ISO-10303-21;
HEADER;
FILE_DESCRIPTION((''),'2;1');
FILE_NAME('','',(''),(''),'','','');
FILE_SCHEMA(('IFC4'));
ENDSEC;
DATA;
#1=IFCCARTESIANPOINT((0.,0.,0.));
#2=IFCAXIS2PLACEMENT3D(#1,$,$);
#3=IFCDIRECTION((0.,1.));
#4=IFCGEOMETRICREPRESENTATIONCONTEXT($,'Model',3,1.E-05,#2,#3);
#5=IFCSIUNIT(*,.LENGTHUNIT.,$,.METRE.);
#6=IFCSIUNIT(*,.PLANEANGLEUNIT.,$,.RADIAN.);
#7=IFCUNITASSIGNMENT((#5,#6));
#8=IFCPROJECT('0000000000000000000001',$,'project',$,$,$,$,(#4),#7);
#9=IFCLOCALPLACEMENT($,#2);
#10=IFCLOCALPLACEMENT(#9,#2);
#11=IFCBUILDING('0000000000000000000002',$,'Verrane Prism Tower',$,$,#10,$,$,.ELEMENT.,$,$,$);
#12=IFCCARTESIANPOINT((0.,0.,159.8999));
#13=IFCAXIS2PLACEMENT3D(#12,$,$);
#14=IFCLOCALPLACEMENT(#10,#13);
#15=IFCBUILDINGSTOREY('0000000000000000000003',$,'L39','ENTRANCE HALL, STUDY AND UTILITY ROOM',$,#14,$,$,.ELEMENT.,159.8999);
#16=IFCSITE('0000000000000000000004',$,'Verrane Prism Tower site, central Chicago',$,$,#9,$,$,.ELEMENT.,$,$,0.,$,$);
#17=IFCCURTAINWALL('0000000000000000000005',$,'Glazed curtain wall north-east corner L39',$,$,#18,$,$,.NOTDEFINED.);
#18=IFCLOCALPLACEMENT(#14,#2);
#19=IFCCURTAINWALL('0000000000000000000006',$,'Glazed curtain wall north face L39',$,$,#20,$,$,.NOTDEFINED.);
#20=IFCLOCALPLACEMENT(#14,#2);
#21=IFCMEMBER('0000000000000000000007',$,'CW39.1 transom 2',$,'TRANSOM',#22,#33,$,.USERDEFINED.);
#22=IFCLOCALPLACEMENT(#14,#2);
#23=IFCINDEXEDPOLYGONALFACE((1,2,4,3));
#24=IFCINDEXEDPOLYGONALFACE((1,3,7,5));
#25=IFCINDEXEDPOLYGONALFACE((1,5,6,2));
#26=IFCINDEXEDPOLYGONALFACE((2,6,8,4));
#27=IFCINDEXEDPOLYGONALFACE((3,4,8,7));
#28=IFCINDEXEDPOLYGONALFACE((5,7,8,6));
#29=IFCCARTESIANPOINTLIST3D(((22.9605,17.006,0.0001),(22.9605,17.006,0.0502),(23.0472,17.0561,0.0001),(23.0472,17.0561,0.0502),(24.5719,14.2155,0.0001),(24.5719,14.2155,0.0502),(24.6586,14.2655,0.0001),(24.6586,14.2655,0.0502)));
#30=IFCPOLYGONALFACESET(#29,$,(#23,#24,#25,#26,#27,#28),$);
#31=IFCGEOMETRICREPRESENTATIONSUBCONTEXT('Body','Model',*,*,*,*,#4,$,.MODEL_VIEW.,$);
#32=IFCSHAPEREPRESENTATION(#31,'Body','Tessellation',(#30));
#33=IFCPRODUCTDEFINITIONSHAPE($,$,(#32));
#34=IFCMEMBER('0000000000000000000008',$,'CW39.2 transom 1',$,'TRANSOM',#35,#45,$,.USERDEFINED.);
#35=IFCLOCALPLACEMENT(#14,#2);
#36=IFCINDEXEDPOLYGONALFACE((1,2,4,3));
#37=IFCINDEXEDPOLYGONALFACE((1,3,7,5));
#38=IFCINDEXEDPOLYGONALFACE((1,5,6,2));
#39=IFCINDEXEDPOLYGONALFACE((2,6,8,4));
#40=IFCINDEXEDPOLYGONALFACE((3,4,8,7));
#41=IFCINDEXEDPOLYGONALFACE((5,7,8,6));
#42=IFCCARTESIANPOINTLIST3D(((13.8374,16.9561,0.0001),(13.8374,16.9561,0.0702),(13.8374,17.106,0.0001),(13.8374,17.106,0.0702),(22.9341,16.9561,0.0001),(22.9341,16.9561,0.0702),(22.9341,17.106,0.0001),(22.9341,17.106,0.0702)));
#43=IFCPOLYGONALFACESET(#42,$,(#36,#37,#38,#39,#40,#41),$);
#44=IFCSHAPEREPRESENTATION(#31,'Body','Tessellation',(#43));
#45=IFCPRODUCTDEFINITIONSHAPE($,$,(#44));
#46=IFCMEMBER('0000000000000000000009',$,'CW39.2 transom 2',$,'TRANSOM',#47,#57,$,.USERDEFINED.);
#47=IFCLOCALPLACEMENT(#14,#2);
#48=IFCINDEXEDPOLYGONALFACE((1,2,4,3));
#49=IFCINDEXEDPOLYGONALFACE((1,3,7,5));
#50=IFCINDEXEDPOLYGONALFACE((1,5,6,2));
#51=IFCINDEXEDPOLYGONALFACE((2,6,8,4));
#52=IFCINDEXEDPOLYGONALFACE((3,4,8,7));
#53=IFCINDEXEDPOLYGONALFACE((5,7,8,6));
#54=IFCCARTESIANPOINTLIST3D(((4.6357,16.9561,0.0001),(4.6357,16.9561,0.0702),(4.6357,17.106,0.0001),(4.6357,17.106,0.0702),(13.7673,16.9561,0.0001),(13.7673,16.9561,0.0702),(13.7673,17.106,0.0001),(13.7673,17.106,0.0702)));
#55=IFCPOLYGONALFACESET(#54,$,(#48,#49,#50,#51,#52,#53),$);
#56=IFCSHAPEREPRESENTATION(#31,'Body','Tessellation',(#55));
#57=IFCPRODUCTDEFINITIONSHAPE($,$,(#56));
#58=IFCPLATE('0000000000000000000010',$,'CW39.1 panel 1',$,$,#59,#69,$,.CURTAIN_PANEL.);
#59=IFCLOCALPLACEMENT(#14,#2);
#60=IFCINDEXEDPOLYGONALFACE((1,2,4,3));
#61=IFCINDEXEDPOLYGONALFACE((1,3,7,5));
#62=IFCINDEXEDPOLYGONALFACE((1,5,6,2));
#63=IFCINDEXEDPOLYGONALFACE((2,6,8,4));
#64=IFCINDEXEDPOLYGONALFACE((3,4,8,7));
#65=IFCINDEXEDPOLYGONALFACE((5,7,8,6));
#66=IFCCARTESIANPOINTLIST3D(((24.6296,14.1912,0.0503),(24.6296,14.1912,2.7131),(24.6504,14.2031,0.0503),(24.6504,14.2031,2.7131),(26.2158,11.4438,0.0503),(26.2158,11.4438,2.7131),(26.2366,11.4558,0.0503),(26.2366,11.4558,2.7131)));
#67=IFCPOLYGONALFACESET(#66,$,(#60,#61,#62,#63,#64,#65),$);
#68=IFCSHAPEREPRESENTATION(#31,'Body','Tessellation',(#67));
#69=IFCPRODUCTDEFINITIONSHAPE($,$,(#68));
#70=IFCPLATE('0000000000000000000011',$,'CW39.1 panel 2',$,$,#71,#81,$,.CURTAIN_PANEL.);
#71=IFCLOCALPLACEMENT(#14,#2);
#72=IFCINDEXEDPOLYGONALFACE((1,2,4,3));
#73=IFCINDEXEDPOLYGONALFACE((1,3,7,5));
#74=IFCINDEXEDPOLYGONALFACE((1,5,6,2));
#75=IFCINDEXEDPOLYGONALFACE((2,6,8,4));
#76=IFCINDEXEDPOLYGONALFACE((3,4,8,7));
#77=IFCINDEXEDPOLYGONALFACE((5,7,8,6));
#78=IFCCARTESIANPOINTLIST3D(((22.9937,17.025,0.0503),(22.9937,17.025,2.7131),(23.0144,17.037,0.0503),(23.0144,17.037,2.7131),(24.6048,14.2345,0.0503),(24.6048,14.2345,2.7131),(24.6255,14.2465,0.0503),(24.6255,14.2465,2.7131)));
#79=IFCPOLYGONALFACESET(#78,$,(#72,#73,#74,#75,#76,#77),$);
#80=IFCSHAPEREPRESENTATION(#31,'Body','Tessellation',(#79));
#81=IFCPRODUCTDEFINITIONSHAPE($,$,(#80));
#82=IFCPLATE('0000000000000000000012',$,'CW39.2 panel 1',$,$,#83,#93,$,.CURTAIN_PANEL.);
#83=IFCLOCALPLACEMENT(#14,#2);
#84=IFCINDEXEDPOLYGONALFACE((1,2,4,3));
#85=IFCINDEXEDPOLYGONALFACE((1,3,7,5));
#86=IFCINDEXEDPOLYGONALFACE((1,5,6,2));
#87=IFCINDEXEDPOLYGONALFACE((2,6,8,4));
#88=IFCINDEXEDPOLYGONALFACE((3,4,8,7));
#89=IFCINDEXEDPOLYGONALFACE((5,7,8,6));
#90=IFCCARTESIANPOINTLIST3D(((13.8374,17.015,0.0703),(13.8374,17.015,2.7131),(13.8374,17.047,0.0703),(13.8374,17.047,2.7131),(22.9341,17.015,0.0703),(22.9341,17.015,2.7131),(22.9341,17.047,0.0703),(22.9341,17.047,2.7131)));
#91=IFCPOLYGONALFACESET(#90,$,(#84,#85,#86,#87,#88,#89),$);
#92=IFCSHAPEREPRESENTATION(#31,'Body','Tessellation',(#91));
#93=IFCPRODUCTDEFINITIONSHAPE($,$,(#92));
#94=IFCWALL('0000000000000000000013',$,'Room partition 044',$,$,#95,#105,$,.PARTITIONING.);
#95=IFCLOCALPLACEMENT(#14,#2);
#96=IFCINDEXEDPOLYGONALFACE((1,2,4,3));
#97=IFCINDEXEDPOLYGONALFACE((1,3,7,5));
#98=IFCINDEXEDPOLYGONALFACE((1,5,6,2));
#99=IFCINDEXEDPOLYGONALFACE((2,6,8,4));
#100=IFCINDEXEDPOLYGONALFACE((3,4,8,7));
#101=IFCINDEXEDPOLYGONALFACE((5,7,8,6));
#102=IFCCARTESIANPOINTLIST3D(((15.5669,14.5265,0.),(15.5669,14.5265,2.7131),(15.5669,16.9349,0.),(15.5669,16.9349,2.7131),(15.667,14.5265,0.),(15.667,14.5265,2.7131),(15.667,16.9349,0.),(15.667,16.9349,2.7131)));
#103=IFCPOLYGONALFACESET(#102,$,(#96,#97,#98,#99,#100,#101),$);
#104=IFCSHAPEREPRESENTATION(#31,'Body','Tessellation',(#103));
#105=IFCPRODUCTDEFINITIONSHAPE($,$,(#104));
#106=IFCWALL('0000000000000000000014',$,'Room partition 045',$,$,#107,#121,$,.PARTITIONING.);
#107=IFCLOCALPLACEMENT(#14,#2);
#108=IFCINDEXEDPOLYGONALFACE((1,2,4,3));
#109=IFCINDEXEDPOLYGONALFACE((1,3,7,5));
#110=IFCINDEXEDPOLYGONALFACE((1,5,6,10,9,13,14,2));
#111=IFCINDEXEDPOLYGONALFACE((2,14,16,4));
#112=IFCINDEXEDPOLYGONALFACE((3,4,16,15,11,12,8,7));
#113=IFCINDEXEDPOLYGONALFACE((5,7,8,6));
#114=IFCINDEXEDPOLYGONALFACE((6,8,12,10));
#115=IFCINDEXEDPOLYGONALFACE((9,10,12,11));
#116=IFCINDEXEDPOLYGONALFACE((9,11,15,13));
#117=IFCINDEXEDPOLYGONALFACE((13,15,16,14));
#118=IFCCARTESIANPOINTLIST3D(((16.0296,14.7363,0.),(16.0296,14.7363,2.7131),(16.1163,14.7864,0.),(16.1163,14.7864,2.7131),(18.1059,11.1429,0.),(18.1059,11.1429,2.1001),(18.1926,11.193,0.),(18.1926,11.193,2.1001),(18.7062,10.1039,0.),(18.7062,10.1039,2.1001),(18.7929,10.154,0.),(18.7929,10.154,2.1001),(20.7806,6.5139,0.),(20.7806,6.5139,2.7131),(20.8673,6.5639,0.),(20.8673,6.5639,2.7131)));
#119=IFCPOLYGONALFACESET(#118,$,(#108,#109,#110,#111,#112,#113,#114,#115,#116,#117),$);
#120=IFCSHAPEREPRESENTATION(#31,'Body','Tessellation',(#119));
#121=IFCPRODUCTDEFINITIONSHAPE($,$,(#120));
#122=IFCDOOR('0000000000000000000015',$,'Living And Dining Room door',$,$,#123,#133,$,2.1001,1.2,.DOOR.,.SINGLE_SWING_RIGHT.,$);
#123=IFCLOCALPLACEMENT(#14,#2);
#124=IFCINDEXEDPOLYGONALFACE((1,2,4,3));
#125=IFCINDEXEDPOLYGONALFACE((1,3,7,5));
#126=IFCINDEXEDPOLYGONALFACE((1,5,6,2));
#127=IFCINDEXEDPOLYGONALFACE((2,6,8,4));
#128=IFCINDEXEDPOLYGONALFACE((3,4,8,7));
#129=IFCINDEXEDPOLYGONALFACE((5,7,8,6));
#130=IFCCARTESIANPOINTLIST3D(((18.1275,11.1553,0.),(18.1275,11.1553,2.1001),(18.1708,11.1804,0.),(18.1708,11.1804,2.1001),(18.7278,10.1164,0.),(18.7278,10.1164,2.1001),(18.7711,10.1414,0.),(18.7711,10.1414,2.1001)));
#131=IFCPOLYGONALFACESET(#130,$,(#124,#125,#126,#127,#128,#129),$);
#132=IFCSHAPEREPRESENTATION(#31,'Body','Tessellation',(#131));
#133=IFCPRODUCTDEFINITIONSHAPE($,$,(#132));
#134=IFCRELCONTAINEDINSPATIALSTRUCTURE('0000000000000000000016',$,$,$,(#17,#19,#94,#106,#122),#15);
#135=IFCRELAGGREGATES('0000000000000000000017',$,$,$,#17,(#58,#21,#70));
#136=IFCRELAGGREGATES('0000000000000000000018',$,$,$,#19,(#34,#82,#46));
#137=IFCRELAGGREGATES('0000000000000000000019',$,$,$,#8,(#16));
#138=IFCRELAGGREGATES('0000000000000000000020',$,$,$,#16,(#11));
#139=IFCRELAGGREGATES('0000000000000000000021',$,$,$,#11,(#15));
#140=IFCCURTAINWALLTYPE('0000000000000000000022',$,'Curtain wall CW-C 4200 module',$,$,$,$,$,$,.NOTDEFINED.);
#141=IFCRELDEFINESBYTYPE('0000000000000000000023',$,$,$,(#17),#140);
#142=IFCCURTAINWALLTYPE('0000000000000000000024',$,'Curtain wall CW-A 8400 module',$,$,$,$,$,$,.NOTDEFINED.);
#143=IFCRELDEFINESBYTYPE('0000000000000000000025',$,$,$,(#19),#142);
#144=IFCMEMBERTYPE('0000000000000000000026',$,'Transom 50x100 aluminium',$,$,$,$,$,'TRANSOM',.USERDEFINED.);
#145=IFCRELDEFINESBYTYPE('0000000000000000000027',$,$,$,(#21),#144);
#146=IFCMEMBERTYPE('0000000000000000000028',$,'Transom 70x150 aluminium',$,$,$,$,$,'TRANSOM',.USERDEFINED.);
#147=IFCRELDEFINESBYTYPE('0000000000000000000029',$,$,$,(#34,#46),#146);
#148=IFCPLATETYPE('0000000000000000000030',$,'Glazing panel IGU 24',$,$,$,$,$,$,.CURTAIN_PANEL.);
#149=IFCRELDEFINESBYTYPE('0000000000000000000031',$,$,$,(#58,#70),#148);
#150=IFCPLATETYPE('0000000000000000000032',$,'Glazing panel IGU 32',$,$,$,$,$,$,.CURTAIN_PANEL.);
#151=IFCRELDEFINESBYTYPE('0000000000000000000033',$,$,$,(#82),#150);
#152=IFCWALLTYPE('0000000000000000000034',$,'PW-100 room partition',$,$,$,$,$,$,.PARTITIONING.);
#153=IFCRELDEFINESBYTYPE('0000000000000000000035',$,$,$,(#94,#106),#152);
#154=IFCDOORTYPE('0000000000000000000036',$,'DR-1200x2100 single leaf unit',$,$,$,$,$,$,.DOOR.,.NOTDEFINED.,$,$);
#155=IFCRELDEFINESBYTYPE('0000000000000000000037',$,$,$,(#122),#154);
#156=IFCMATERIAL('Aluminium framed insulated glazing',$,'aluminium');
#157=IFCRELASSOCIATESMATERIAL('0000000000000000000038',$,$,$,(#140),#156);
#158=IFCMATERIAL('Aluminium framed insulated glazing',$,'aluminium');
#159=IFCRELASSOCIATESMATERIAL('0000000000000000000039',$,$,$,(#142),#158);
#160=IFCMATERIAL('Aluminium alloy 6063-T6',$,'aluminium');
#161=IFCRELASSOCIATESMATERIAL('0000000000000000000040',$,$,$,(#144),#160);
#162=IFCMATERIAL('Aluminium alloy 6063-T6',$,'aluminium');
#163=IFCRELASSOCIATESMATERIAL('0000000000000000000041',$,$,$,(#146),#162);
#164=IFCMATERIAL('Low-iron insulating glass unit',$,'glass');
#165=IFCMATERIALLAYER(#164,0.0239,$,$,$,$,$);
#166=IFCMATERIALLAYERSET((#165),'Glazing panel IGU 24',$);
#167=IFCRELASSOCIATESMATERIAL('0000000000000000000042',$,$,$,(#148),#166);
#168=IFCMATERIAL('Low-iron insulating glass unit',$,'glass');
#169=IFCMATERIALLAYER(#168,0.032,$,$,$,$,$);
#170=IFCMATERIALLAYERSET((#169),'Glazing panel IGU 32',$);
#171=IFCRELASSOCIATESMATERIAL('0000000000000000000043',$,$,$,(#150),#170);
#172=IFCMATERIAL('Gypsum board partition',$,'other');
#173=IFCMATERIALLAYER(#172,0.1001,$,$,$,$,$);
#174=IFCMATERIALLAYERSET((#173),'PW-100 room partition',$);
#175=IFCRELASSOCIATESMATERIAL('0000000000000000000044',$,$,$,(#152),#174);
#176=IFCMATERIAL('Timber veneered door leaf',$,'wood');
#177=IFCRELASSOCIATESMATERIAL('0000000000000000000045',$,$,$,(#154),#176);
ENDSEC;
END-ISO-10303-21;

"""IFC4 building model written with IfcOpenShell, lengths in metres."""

from ifc_helpers import new_model, si_unit, direction, frame, frame_2d, origin, origin_2d, place, context, subcontext, project, spatial, rectangle, extrude, material, layer, layer_set, material_profile, profile_set, type_object, element, fill, aggregate, save


model = new_model("IFC4")

# Units and contexts
model_context = context("Model", 3, precision=1e-05, world=origin(), true_north=direction((0.0, 1.0)))
body_context = subcontext(model_context, "Body", "Model", "MODEL_VIEW")
ifc_project = project(units=[si_unit("LENGTHUNIT", "METRE"), si_unit("PLANEANGLEUNIT", "RADIAN")], contexts=[model_context])

# Site, building, storey
site_placement = place(None, origin())
site = spatial("IfcSite", under=ifc_project, at=site_placement, Name="Verrane Prism Tower site, central Chicago", CompositionType="ELEMENT", RefElevation=0.0)
building_placement = place(site_placement, origin())
building = spatial("IfcBuilding", under=site, at=building_placement, Name="Verrane Prism Tower", CompositionType="ELEMENT")
storey_placement = place(building_placement, frame((0.0, 0.0, 159.8999)))
storey = spatial("IfcBuildingStorey", under=building, at=storey_placement, Name="L39", Description="ENTRANCE HALL, STUDY AND UTILITY ROOM", CompositionType="ELEMENT", Elevation=159.8999)

# Curtain wall
ifc_material_1 = material(Name="Aluminium framed insulated glazing", Category="aluminium")
curtain_wall_type_1 = type_object("IfcCurtainWallType", Name="Curtain wall CW-C 4200 module", PredefinedType="NOTDEFINED", material=ifc_material_1)
curtain_wall_1_placement = place(storey_placement, origin())
curtain_wall_1 = element("IfcCurtainWall", 1, at=curtain_wall_1_placement, inside=storey, type_object=curtain_wall_type_1, Name="Glazed curtain wall north-east corner L39", PredefinedType="NOTDEFINED")

# Curtain wall
ifc_material_2 = material(Name="Aluminium framed insulated glazing", Category="aluminium")
curtain_wall_type_2 = type_object("IfcCurtainWallType", Name="Curtain wall CW-A 8400 module", PredefinedType="NOTDEFINED", material=ifc_material_2)
curtain_wall_2_placement = place(storey_placement, origin())
curtain_wall_2 = element("IfcCurtainWall", 2, at=curtain_wall_2_placement, inside=storey, type_object=curtain_wall_type_2, Name="Glazed curtain wall north face L39", PredefinedType="NOTDEFINED")

# Members
ifc_material_3 = material(Name="Aluminium alloy 6063-T6", Category="aluminium")
ifc_material_profile_1 = material_profile(ifc_material_3, rectangle(XDim=0.1001, YDim=0.05, at=origin_2d()), Name="Transom 50x100 aluminium")
ifc_profile_set_1 = profile_set([ifc_material_profile_1], Name="Aluminium alloy 6063-T6")
member_type_1 = type_object("IfcMemberType", Name="Transom 50x100 aluminium", ElementType="TRANSOM", PredefinedType="USERDEFINED", material=ifc_profile_set_1)
member_1_placement = place(storey_placement, frame((24.6152, 14.2405, 0.0251), z_axis=(-0.50005, 0.865996, 0.0), x_axis=(-0.865996, -0.50005, 0.0)))
member_1 = element("IfcMember", 3, at=member_1_placement, type_object=member_type_1, Name="CW39.1 transom 2", ObjectType="TRANSOM", PredefinedType="USERDEFINED", context=body_context, shape_type="SweptSolid", body=[
    extrude(rectangle(XDim=0.1001, YDim=0.05, at=origin_2d()), origin(), (0.0, 0.0, 1.0), 3.2224),
])
ifc_material_4 = material(Name="Aluminium alloy 6063-T6", Category="aluminium")
ifc_material_profile_2 = material_profile(ifc_material_4, rectangle(XDim=0.1499, YDim=0.0701, at=origin_2d()), Name="Transom 70x150 aluminium")
ifc_profile_set_2 = profile_set([ifc_material_profile_2], Name="Aluminium alloy 6063-T6")
member_type_2 = type_object("IfcMemberType", Name="Transom 70x150 aluminium", ElementType="TRANSOM", PredefinedType="USERDEFINED", material=ifc_profile_set_2)
member_2_placement = place(storey_placement, frame((22.9341, 17.031, 0.0352), z_axis=(-1.0, 0.0, 0.0), x_axis=(0.0, -1.0, 0.0)))
member_2 = element("IfcMember", 4, at=member_2_placement, type_object=member_type_2, Name="CW39.2 transom 1", ObjectType="TRANSOM", PredefinedType="USERDEFINED", context=body_context, shape_type="SweptSolid", body=[
    extrude(rectangle(XDim=0.1499, YDim=0.0701, at=origin_2d()), origin(), (0.0, 0.0, 1.0), 9.0967),
])
member_3_placement = place(storey_placement, frame((13.7673, 17.031, 0.0352), z_axis=(-1.0, 0.0, 0.0), x_axis=(0.0, -1.0, 0.0)))
member_3 = element("IfcMember", 5, at=member_3_placement, type_object=member_type_2, Name="CW39.2 transom 2", ObjectType="TRANSOM", PredefinedType="USERDEFINED", context=body_context, shape_type="SweptSolid", body=[
    extrude(rectangle(XDim=0.1499, YDim=0.0701, at=origin_2d()), origin(), (0.0, 0.0, 1.0), 9.1316),
])

# Plates
ifc_material_5 = material(Name="Low-iron insulating glass unit", Category="glass")
ifc_layer_1 = layer(ifc_material_5, 0.0239)
ifc_layer_set_1 = layer_set([ifc_layer_1], Name="Glazing panel IGU 24")
plate_type_1 = type_object("IfcPlateType", Name="Glazing panel IGU 24", PredefinedType="CURTAIN_PANEL", material=ifc_layer_set_1)
plate_1_placement = place(storey_placement, frame((25.4331, 12.8235, 0.0503), z_axis=(0.0, 0.0, 1.0), x_axis=(-0.500006, 0.866022, 0.0)))
plate_1 = element("IfcPlate", 6, at=plate_1_placement, type_object=plate_type_1, Name="CW39.1 panel 1", PredefinedType="CURTAIN_PANEL", context=body_context, shape_type="SweptSolid", body=[
    extrude(rectangle(XDim=3.1724, YDim=0.0239, at=origin_2d()), origin(), (0.0, 0.0, 1.0), 2.6628),
])
plate_2_placement = place(storey_placement, frame((23.8096, 15.6357, 0.0503), z_axis=(0.0, 0.0, 1.0), x_axis=(-0.500006, 0.866022, 0.0)))
plate_2 = element("IfcPlate", 7, at=plate_2_placement, type_object=plate_type_1, Name="CW39.1 panel 2", PredefinedType="CURTAIN_PANEL", context=body_context, shape_type="SweptSolid", body=[
    extrude(rectangle(XDim=3.2222, YDim=0.0239, at=origin_2d()), origin(), (0.0, 0.0, 1.0), 2.6628),
])
aggregate(curtain_wall_1, [plate_1, member_1, plate_2])
ifc_material_6 = material(Name="Low-iron insulating glass unit", Category="glass")
ifc_layer_2 = layer(ifc_material_6, 0.032)
ifc_layer_set_2 = layer_set([ifc_layer_2], Name="Glazing panel IGU 32")
plate_type_2 = type_object("IfcPlateType", Name="Glazing panel IGU 32", PredefinedType="CURTAIN_PANEL", material=ifc_layer_set_2)
plate_3_placement = place(storey_placement, frame((18.3857, 17.031, 0.0703), z_axis=(0.0, 0.0, 1.0), x_axis=(-1.0, 0.0, 0.0)))
plate_3 = element("IfcPlate", 8, at=plate_3_placement, type_object=plate_type_2, Name="CW39.2 panel 1", PredefinedType="CURTAIN_PANEL", context=body_context, shape_type="SweptSolid", body=[
    extrude(rectangle(XDim=9.0967, YDim=0.032, at=origin_2d()), origin(), (0.0, 0.0, 1.0), 2.6428),
])
aggregate(curtain_wall_2, [member_2, plate_3, member_3])

# Wall
ifc_material_7 = material(Name="Gypsum board partition", Category="other")
ifc_layer_3 = layer(ifc_material_7, 0.1001)
ifc_layer_set_3 = layer_set([ifc_layer_3], Name="PW-100 room partition")
wall_type = type_object("IfcWallType", Name="PW-100 room partition", PredefinedType="PARTITIONING", material=ifc_layer_set_3)
wall_1_placement = place(storey_placement, frame((15.6169, 14.5266, 0.0), z_axis=(0.0, 0.0, 1.0), x_axis=(0.0, 1.0, 0.0)))
element("IfcWall", 9, at=wall_1_placement, inside=storey, type_object=wall_type, Name="Room partition 044", PredefinedType="PARTITIONING", context=body_context, shape_type="SweptSolid", body=[
    extrude(rectangle(XDim=2.4084, YDim=0.1001, at=frame_2d((1.2041, 0.0))), origin(), (0.0, 0.0, 1.0), 2.7131),
])

# Wall, opening, door
wall_2_placement = place(storey_placement, frame((16.073, 14.7612, 0.0), z_axis=(0.0, 0.0, 1.0), x_axis=(0.500297, -0.865854, 0.0)))
wall_2 = element("IfcWall", 10, at=wall_2_placement, inside=storey, type_object=wall_type, Name="Room partition 045", PredefinedType="PARTITIONING", context=body_context, shape_type="SweptSolid", body=[
    extrude(rectangle(XDim=9.4963, YDim=0.1001, at=frame_2d((4.748, 0.0))), origin(), (0.0, 0.0, 1.0), 2.7131),
])
opening_placement = place(wall_2_placement, frame((4.1499, 0.0, 0.0)))
opening = element("IfcOpeningElement", 11, at=opening_placement, cuts=wall_2, PredefinedType="OPENING", context=body_context, shape_type="SweptSolid", body=[
    extrude(rectangle(XDim=1.2, YDim=2.1001, at=frame_2d((0.6001, 1.05))), frame((0.0, 0.0601, 0.0), z_axis=(0.0, -1.0, 0.0), x_axis=(1.0, 0.0, 0.0)), (0.0, 0.0, 1.0), 0.1201),
])
ifc_material_8 = material(Name="Timber veneered door leaf", Category="wood")
door_type = type_object("IfcDoorType", Name="DR-1200x2100 single leaf unit", OperationType="NOTDEFINED", PredefinedType="DOOR", material=ifc_material_8)
door_placement = place(opening_placement, origin())
door = element("IfcDoor", 12, at=door_placement, inside=storey, type_object=door_type, Name="Living And Dining Room door", OperationType="SINGLE_SWING_RIGHT", OverallHeight=2.1001, OverallWidth=1.2, PredefinedType="DOOR", context=body_context, shape_type="SweptSolid", body=[
    extrude(rectangle(XDim=1.2, YDim=2.1001, at=frame_2d((0.6001, 1.05))), frame((0.0, 0.0249, 0.0), z_axis=(0.0, -1.0, 0.0), x_axis=(1.0, 0.0, 0.0)), (0.0, 0.0, 1.0), 0.05),
])
fill(opening, door)

save(model, "model.ifc")
